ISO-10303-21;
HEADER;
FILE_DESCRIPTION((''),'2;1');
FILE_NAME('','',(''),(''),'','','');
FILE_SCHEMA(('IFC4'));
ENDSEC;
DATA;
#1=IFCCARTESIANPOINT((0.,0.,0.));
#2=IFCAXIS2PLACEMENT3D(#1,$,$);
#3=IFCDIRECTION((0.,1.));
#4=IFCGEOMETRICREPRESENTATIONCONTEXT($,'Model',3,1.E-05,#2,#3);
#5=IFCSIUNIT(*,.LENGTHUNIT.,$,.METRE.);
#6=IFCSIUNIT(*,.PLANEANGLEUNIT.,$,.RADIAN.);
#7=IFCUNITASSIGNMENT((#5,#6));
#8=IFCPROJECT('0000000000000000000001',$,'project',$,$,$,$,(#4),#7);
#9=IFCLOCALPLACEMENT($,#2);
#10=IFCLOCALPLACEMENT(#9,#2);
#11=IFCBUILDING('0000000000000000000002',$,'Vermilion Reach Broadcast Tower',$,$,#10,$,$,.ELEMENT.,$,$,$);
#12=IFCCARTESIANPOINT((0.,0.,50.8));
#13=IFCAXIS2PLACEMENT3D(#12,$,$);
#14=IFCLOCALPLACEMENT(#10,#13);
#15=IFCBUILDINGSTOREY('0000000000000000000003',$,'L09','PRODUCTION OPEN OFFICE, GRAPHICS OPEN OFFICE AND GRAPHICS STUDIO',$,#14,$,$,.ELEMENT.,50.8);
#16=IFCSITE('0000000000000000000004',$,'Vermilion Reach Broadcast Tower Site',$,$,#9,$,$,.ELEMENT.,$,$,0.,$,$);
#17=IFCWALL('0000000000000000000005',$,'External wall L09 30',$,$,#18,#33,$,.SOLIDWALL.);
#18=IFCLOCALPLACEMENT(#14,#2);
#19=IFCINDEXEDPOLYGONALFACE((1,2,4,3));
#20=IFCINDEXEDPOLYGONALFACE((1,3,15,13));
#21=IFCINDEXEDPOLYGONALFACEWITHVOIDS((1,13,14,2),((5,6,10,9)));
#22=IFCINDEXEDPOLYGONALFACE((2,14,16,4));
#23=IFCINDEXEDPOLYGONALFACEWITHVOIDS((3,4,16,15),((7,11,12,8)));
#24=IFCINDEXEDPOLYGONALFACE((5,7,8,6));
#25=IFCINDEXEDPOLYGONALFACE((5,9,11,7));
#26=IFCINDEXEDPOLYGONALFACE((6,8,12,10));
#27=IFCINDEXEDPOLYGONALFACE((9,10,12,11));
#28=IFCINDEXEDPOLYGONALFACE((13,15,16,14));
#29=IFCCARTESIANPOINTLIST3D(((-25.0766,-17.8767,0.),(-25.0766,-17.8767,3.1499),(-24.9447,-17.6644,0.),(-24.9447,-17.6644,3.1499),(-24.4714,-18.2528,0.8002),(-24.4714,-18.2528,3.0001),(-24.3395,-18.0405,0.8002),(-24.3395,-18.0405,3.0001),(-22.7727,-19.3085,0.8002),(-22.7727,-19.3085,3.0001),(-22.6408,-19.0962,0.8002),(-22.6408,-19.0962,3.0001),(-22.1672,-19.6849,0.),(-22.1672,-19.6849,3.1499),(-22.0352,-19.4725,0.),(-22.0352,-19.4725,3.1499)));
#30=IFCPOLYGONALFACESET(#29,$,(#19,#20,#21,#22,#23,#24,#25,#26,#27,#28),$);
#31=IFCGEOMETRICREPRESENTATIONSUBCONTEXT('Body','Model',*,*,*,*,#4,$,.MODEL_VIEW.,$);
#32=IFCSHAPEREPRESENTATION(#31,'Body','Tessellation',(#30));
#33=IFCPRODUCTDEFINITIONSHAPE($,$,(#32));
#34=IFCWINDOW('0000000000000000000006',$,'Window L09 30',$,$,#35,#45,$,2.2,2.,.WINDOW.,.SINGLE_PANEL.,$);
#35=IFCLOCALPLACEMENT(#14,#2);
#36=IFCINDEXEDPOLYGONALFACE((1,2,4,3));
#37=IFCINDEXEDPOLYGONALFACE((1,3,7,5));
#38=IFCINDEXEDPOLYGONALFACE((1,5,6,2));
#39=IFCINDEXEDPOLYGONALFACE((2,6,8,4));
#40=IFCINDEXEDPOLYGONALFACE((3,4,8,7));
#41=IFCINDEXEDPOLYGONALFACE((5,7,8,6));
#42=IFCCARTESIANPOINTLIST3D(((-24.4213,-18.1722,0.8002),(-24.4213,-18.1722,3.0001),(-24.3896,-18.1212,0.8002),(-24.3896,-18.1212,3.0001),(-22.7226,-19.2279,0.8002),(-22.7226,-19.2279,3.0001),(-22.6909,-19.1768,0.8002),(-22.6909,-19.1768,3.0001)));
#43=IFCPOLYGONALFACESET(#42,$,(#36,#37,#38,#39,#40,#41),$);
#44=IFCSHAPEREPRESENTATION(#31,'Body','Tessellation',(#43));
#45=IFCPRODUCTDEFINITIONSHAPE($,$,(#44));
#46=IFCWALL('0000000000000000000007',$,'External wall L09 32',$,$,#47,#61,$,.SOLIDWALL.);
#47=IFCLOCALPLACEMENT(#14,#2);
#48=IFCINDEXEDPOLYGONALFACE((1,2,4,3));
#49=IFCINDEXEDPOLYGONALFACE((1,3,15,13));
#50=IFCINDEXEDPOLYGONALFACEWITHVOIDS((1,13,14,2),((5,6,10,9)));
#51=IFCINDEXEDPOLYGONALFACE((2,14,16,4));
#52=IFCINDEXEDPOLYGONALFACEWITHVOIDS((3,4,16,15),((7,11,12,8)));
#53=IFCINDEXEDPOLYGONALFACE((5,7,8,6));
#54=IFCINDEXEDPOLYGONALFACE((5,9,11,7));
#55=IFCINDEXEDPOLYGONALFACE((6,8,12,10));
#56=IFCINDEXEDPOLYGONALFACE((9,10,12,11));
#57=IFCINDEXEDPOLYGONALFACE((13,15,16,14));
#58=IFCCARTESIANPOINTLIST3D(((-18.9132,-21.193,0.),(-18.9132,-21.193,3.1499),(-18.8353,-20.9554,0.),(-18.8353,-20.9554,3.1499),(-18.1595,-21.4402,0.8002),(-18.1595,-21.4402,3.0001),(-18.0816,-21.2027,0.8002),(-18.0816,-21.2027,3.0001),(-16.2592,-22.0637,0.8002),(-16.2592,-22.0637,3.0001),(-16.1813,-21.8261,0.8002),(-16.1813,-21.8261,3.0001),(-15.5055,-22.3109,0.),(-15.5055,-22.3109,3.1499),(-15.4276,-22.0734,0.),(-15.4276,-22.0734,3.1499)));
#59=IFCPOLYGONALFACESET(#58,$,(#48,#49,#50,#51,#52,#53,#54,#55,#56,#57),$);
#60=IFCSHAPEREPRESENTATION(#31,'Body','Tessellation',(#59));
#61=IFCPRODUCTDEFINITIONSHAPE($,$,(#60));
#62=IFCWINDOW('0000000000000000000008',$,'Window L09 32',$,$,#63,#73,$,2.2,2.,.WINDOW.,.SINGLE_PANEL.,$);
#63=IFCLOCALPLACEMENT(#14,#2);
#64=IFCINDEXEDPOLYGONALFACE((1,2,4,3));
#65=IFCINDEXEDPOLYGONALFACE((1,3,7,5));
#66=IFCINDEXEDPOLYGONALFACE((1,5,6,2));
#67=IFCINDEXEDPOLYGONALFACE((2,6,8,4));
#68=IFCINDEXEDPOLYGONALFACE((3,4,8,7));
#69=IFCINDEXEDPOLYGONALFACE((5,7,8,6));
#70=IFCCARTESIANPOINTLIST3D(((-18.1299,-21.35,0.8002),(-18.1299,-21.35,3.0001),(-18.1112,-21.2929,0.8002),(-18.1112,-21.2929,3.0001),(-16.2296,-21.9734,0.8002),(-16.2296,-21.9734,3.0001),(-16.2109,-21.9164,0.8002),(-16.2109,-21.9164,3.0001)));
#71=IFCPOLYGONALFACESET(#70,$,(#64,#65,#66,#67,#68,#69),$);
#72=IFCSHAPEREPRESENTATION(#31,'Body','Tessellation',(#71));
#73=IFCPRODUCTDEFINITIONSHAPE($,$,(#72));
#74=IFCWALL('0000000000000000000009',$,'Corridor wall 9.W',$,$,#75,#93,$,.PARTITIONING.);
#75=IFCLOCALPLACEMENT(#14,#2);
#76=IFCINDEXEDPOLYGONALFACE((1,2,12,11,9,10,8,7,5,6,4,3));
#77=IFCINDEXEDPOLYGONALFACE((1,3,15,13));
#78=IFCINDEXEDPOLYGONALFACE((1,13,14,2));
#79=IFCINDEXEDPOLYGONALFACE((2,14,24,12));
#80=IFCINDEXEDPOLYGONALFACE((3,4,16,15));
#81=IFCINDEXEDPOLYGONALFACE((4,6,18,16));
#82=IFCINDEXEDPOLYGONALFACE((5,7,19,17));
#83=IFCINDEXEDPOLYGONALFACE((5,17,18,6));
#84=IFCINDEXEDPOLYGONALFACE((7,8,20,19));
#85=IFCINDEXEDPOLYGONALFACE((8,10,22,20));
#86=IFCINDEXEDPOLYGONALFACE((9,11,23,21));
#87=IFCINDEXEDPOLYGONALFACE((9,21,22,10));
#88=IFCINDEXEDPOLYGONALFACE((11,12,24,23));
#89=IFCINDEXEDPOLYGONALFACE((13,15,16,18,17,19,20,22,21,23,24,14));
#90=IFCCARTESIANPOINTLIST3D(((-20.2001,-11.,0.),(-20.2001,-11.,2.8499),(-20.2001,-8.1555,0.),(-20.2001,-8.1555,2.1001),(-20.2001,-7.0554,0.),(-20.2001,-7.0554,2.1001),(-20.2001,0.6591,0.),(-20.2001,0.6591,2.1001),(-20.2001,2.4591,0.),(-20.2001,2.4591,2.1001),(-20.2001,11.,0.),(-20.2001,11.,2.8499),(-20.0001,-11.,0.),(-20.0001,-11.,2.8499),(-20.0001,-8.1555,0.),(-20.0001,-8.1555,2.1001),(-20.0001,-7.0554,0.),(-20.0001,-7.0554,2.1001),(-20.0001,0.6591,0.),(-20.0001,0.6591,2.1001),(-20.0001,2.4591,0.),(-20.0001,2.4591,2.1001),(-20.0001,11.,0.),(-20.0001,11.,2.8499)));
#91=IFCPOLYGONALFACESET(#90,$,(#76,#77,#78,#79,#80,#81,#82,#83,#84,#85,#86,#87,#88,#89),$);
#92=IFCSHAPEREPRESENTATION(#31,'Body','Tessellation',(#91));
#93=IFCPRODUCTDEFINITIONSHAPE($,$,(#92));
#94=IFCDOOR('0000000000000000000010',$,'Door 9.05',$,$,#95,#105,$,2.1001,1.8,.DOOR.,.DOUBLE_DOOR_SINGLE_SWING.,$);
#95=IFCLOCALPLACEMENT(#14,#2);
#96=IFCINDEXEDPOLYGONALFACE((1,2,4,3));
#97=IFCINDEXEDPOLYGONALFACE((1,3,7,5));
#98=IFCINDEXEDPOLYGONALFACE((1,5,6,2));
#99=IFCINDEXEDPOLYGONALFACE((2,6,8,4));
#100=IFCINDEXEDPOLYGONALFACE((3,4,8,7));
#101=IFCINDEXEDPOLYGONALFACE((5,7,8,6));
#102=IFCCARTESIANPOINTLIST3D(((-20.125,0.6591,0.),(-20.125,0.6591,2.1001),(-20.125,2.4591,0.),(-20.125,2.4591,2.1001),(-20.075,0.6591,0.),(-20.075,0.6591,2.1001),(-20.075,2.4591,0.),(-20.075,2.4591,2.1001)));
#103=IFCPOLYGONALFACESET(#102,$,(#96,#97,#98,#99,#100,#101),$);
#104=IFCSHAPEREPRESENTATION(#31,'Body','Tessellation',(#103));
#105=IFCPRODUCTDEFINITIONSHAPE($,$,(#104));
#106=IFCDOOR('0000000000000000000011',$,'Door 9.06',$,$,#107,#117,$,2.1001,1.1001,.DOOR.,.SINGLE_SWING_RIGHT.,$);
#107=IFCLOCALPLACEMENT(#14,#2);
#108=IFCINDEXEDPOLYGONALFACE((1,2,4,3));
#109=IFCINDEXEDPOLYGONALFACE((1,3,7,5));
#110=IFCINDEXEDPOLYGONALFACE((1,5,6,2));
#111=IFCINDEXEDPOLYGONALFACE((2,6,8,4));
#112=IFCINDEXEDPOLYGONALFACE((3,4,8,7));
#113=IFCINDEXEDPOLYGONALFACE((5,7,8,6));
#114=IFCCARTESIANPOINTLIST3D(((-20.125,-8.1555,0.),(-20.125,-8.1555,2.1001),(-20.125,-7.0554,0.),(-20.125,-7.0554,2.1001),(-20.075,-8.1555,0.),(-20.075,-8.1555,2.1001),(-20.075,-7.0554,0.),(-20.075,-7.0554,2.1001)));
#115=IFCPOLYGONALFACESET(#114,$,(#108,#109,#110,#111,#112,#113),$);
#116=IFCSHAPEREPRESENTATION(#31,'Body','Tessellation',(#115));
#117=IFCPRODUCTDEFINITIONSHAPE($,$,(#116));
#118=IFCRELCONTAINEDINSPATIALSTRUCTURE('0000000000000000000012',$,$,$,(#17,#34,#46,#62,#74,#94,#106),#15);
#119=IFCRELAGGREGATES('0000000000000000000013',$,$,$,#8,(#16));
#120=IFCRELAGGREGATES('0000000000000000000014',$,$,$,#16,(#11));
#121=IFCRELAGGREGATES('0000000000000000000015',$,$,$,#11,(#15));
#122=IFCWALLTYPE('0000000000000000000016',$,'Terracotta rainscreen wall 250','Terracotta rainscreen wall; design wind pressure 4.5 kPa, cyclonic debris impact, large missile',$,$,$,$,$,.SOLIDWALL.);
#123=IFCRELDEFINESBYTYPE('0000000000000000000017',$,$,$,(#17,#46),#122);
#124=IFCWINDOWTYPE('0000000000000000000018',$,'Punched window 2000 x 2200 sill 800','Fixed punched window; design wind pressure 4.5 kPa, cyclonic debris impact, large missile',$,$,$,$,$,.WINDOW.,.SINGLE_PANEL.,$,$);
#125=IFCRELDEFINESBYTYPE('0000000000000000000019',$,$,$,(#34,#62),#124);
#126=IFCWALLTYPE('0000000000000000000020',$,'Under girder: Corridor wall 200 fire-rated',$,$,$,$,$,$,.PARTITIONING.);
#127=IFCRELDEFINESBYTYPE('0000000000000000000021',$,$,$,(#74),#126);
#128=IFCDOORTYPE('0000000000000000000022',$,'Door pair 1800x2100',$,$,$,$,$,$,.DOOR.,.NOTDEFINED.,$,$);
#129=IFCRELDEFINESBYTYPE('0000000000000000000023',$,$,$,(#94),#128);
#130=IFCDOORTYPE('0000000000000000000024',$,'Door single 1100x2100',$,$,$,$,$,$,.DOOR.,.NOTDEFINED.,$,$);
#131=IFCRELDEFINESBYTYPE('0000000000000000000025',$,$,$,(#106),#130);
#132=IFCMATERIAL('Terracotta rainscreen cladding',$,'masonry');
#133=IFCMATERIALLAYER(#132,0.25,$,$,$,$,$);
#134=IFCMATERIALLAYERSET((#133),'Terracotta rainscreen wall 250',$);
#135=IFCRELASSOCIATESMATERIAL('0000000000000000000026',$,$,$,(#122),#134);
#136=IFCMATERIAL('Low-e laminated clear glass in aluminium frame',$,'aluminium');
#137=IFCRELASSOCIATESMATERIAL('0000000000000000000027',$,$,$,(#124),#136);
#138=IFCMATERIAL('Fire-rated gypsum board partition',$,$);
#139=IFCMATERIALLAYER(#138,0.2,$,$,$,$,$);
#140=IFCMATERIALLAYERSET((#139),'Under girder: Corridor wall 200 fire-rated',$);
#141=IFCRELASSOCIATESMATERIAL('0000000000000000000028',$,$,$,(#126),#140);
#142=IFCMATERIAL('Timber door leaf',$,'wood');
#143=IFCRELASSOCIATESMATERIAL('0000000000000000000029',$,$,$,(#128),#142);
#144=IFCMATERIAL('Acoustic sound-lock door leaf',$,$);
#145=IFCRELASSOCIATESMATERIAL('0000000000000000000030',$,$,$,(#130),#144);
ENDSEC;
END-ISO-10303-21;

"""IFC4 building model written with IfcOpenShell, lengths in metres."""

from ifc_helpers import new_model, si_unit, direction, frame, frame_2d, origin, place, context, subcontext, project, spatial, rectangle, extrude, material, layer, layer_set, type_object, element, fill, save


model = new_model("IFC4")

# Units and contexts
model_context = context("Model", 3, precision=1e-05, world=origin(), true_north=direction((0.0, 1.0)))
body_context = subcontext(model_context, "Body", "Model", "MODEL_VIEW")
ifc_project = project(units=[si_unit("LENGTHUNIT", "METRE"), si_unit("PLANEANGLEUNIT", "RADIAN")], contexts=[model_context])

# Site, building, storey
site_placement = place(None, origin())
site = spatial("IfcSite", under=ifc_project, at=site_placement, Name="Vermilion Reach Broadcast Tower Site", CompositionType="ELEMENT", RefElevation=0.0)
building_placement = place(site_placement, origin())
building = spatial("IfcBuilding", under=site, at=building_placement, Name="Vermilion Reach Broadcast Tower", CompositionType="ELEMENT")
storey_placement = place(building_placement, frame((0.0, 0.0, 50.8)))
storey = spatial("IfcBuildingStorey", under=building, at=storey_placement, Name="L09", Description="PRODUCTION OPEN OFFICE, GRAPHICS OPEN OFFICE AND GRAPHICS STUDIO", CompositionType="ELEMENT", Elevation=50.8)

# Shared definitions
ifc_material_1 = material(Name="Terracotta rainscreen cladding", Category="masonry")
ifc_layer_1 = layer(ifc_material_1, 0.25)
ifc_layer_set_1 = layer_set([ifc_layer_1], Name="Terracotta rainscreen wall 250")
wall_type_1 = type_object("IfcWallType", Name="Terracotta rainscreen wall 250", Description="Terracotta rainscreen wall; design wind pressure 4.5 kPa, cyclonic debris impact, large missile", PredefinedType="SOLIDWALL", material=ifc_layer_set_1)
ifc_material_2 = material(Name="Low-e laminated clear glass in aluminium frame", Category="aluminium")
window_type = type_object("IfcWindowType", Name="Punched window 2000 x 2200 sill 800", Description="Fixed punched window; design wind pressure 4.5 kPa, cyclonic debris impact, large missile", PartitioningType="SINGLE_PANEL", PredefinedType="WINDOW", material=ifc_material_2)

# Wall, opening, window
wall_1_placement = place(storey_placement, frame((-25.0107, -17.7705, 0.0), z_axis=(0.0, 0.0, 1.0), x_axis=(0.849345, -0.527838, 0.0)))
wall_1 = element("IfcWall", 1, at=wall_1_placement, inside=storey, type_object=wall_type_1, Name="External wall L09 30", PredefinedType="SOLIDWALL", context=body_context, shape_type="SweptSolid", body=[
    extrude(rectangle(XDim=3.4255, YDim=0.25, at=frame_2d((1.7129, 0.0))), origin(), (0.0, 0.0, 1.0), 3.1499),
])
opening_1_placement = place(wall_1_placement, frame((0.7126, 0.0, 0.8)))
opening_1 = element("IfcOpeningElement", 2, at=opening_1_placement, cuts=wall_1, PredefinedType="OPENING", context=body_context, shape_type="SweptSolid", body=[
    extrude(rectangle(XDim=2.0, YDim=2.2, at=frame_2d((1.0, 1.1001))), frame((0.0, 0.135, 0.0), z_axis=(0.0, -1.0, 0.0), x_axis=(1.0, 0.0, 0.0)), (0.0, 0.0, 1.0), 0.27),
])
window_1_placement = place(opening_1_placement, origin())
window_1 = element("IfcWindow", 3, at=window_1_placement, inside=storey, type_object=window_type, Name="Window L09 30", OverallHeight=2.2, OverallWidth=2.0, PartitioningType="SINGLE_PANEL", PredefinedType="WINDOW", context=body_context, shape_type="SweptSolid", body=[
    extrude(rectangle(XDim=2.0, YDim=2.2, at=frame_2d((1.0, 1.1001))), frame((0.0, 0.03, 0.0), z_axis=(0.0, -1.0, 0.0), x_axis=(1.0, 0.0, 0.0)), (0.0, 0.0, 1.0), 0.0601),
])
fill(opening_1, window_1)

# Wall, opening, window
wall_2_placement = place(storey_placement, frame((-18.8743, -21.0742, 0.0), z_axis=(0.0, 0.0, 1.0), x_axis=(0.950177, -0.311711, 0.0)))
wall_2 = element("IfcWall", 4, at=wall_2_placement, inside=storey, type_object=wall_type_1, Name="External wall L09 32", PredefinedType="SOLIDWALL", context=body_context, shape_type="SweptSolid", body=[
    extrude(rectangle(XDim=3.5864, YDim=0.25, at=frame_2d((1.7932, 0.0))), origin(), (0.0, 0.0, 1.0), 3.1499),
])
opening_2_placement = place(wall_2_placement, frame((0.7932, 0.0, 0.8)))
opening_2 = element("IfcOpeningElement", 5, at=opening_2_placement, cuts=wall_2, PredefinedType="OPENING", context=body_context, shape_type="SweptSolid", body=[
    extrude(rectangle(XDim=2.0, YDim=2.2, at=frame_2d((1.0, 1.1001))), frame((0.0, 0.135, 0.0), z_axis=(0.0, -1.0, 0.0), x_axis=(1.0, 0.0, 0.0)), (0.0, 0.0, 1.0), 0.27),
])
window_2_placement = place(opening_2_placement, origin())
window_2 = element("IfcWindow", 6, at=window_2_placement, inside=storey, type_object=window_type, Name="Window L09 32", OverallHeight=2.2, OverallWidth=2.0, PartitioningType="SINGLE_PANEL", PredefinedType="WINDOW", context=body_context, shape_type="SweptSolid", body=[
    extrude(rectangle(XDim=2.0, YDim=2.2, at=frame_2d((1.0, 1.1001))), frame((0.0, 0.03, 0.0), z_axis=(0.0, -1.0, 0.0), x_axis=(1.0, 0.0, 0.0)), (0.0, 0.0, 1.0), 0.0601),
])
fill(opening_2, window_2)

# Wall, openings, doors
ifc_material_3 = material(Name="Fire-rated gypsum board partition")
ifc_layer_2 = layer(ifc_material_3, 0.2)
ifc_layer_set_2 = layer_set([ifc_layer_2], Name="Under girder: Corridor wall 200 fire-rated")
wall_type_2 = type_object("IfcWallType", Name="Under girder: Corridor wall 200 fire-rated", PredefinedType="PARTITIONING", material=ifc_layer_set_2)
wall_3_placement = place(storey_placement, frame((-20.1001, -11.0, 0.0), z_axis=(0.0, 0.0, 1.0), x_axis=(0.0, 1.0, 0.0)))
wall_3 = element("IfcWall", 7, at=wall_3_placement, inside=storey, type_object=wall_type_2, Name="Corridor wall 9.W", PredefinedType="PARTITIONING", context=body_context, shape_type="SweptSolid", body=[
    extrude(rectangle(XDim=22.0, YDim=0.2, at=frame_2d((11.0, 0.0))), origin(), (0.0, 0.0, 1.0), 2.8499),
])
opening_3_placement = place(wall_3_placement, frame((11.6592, 0.0, 0.0)))
opening_3 = element("IfcOpeningElement", 8, at=opening_3_placement, cuts=wall_3, PredefinedType="OPENING", context=body_context, shape_type="SweptSolid", body=[
    extrude(rectangle(XDim=1.8, YDim=2.1001, at=frame_2d((0.8999, 1.05))), frame((0.0, 0.1099, 0.0), z_axis=(0.0, -1.0, 0.0), x_axis=(1.0, 0.0, 0.0)), (0.0, 0.0, 1.0), 0.22),
])
opening_4_placement = place(wall_3_placement, frame((2.8445, 0.0, 0.0)))
opening_4 = element("IfcOpeningElement", 9, at=opening_4_placement, cuts=wall_3, PredefinedType="OPENING", context=body_context, shape_type="SweptSolid", body=[
    extrude(rectangle(XDim=1.1001, YDim=2.1001, at=frame_2d((0.55, 1.05))), frame((0.0, 0.1099, 0.0), z_axis=(0.0, -1.0, 0.0), x_axis=(1.0, 0.0, 0.0)), (0.0, 0.0, 1.0), 0.22),
])
ifc_material_4 = material(Name="Timber door leaf", Category="wood")
door_type_1 = type_object("IfcDoorType", Name="Door pair 1800x2100", OperationType="NOTDEFINED", PredefinedType="DOOR", material=ifc_material_4)
door_1_placement = place(opening_3_placement, origin())
door_1 = element("IfcDoor", 10, at=door_1_placement, inside=storey, type_object=door_type_1, Name="Door 9.05", OperationType="DOUBLE_DOOR_SINGLE_SWING", OverallHeight=2.1001, OverallWidth=1.8, PredefinedType="DOOR", context=body_context, shape_type="SweptSolid", body=[
    extrude(rectangle(XDim=1.8, YDim=2.1001, at=frame_2d((0.8999, 1.05))), frame((0.0, 0.0249, 0.0), z_axis=(0.0, -1.0, 0.0), x_axis=(1.0, 0.0, 0.0)), (0.0, 0.0, 1.0), 0.05),
])
fill(opening_3, door_1)
ifc_material_5 = material(Name="Acoustic sound-lock door leaf")
door_type_2 = type_object("IfcDoorType", Name="Door single 1100x2100", OperationType="NOTDEFINED", PredefinedType="DOOR", material=ifc_material_5)
door_2_placement = place(opening_4_placement, origin())
door_2 = element("IfcDoor", 11, at=door_2_placement, inside=storey, type_object=door_type_2, Name="Door 9.06", OperationType="SINGLE_SWING_RIGHT", OverallHeight=2.1001, OverallWidth=1.1001, PredefinedType="DOOR", context=body_context, shape_type="SweptSolid", body=[
    extrude(rectangle(XDim=1.1001, YDim=2.1001, at=frame_2d((0.55, 1.05))), frame((0.0, 0.0249, 0.0), z_axis=(0.0, -1.0, 0.0), x_axis=(1.0, 0.0, 0.0)), (0.0, 0.0, 1.0), 0.05),
])
fill(opening_4, door_2)

save(model, "model.ifc")
